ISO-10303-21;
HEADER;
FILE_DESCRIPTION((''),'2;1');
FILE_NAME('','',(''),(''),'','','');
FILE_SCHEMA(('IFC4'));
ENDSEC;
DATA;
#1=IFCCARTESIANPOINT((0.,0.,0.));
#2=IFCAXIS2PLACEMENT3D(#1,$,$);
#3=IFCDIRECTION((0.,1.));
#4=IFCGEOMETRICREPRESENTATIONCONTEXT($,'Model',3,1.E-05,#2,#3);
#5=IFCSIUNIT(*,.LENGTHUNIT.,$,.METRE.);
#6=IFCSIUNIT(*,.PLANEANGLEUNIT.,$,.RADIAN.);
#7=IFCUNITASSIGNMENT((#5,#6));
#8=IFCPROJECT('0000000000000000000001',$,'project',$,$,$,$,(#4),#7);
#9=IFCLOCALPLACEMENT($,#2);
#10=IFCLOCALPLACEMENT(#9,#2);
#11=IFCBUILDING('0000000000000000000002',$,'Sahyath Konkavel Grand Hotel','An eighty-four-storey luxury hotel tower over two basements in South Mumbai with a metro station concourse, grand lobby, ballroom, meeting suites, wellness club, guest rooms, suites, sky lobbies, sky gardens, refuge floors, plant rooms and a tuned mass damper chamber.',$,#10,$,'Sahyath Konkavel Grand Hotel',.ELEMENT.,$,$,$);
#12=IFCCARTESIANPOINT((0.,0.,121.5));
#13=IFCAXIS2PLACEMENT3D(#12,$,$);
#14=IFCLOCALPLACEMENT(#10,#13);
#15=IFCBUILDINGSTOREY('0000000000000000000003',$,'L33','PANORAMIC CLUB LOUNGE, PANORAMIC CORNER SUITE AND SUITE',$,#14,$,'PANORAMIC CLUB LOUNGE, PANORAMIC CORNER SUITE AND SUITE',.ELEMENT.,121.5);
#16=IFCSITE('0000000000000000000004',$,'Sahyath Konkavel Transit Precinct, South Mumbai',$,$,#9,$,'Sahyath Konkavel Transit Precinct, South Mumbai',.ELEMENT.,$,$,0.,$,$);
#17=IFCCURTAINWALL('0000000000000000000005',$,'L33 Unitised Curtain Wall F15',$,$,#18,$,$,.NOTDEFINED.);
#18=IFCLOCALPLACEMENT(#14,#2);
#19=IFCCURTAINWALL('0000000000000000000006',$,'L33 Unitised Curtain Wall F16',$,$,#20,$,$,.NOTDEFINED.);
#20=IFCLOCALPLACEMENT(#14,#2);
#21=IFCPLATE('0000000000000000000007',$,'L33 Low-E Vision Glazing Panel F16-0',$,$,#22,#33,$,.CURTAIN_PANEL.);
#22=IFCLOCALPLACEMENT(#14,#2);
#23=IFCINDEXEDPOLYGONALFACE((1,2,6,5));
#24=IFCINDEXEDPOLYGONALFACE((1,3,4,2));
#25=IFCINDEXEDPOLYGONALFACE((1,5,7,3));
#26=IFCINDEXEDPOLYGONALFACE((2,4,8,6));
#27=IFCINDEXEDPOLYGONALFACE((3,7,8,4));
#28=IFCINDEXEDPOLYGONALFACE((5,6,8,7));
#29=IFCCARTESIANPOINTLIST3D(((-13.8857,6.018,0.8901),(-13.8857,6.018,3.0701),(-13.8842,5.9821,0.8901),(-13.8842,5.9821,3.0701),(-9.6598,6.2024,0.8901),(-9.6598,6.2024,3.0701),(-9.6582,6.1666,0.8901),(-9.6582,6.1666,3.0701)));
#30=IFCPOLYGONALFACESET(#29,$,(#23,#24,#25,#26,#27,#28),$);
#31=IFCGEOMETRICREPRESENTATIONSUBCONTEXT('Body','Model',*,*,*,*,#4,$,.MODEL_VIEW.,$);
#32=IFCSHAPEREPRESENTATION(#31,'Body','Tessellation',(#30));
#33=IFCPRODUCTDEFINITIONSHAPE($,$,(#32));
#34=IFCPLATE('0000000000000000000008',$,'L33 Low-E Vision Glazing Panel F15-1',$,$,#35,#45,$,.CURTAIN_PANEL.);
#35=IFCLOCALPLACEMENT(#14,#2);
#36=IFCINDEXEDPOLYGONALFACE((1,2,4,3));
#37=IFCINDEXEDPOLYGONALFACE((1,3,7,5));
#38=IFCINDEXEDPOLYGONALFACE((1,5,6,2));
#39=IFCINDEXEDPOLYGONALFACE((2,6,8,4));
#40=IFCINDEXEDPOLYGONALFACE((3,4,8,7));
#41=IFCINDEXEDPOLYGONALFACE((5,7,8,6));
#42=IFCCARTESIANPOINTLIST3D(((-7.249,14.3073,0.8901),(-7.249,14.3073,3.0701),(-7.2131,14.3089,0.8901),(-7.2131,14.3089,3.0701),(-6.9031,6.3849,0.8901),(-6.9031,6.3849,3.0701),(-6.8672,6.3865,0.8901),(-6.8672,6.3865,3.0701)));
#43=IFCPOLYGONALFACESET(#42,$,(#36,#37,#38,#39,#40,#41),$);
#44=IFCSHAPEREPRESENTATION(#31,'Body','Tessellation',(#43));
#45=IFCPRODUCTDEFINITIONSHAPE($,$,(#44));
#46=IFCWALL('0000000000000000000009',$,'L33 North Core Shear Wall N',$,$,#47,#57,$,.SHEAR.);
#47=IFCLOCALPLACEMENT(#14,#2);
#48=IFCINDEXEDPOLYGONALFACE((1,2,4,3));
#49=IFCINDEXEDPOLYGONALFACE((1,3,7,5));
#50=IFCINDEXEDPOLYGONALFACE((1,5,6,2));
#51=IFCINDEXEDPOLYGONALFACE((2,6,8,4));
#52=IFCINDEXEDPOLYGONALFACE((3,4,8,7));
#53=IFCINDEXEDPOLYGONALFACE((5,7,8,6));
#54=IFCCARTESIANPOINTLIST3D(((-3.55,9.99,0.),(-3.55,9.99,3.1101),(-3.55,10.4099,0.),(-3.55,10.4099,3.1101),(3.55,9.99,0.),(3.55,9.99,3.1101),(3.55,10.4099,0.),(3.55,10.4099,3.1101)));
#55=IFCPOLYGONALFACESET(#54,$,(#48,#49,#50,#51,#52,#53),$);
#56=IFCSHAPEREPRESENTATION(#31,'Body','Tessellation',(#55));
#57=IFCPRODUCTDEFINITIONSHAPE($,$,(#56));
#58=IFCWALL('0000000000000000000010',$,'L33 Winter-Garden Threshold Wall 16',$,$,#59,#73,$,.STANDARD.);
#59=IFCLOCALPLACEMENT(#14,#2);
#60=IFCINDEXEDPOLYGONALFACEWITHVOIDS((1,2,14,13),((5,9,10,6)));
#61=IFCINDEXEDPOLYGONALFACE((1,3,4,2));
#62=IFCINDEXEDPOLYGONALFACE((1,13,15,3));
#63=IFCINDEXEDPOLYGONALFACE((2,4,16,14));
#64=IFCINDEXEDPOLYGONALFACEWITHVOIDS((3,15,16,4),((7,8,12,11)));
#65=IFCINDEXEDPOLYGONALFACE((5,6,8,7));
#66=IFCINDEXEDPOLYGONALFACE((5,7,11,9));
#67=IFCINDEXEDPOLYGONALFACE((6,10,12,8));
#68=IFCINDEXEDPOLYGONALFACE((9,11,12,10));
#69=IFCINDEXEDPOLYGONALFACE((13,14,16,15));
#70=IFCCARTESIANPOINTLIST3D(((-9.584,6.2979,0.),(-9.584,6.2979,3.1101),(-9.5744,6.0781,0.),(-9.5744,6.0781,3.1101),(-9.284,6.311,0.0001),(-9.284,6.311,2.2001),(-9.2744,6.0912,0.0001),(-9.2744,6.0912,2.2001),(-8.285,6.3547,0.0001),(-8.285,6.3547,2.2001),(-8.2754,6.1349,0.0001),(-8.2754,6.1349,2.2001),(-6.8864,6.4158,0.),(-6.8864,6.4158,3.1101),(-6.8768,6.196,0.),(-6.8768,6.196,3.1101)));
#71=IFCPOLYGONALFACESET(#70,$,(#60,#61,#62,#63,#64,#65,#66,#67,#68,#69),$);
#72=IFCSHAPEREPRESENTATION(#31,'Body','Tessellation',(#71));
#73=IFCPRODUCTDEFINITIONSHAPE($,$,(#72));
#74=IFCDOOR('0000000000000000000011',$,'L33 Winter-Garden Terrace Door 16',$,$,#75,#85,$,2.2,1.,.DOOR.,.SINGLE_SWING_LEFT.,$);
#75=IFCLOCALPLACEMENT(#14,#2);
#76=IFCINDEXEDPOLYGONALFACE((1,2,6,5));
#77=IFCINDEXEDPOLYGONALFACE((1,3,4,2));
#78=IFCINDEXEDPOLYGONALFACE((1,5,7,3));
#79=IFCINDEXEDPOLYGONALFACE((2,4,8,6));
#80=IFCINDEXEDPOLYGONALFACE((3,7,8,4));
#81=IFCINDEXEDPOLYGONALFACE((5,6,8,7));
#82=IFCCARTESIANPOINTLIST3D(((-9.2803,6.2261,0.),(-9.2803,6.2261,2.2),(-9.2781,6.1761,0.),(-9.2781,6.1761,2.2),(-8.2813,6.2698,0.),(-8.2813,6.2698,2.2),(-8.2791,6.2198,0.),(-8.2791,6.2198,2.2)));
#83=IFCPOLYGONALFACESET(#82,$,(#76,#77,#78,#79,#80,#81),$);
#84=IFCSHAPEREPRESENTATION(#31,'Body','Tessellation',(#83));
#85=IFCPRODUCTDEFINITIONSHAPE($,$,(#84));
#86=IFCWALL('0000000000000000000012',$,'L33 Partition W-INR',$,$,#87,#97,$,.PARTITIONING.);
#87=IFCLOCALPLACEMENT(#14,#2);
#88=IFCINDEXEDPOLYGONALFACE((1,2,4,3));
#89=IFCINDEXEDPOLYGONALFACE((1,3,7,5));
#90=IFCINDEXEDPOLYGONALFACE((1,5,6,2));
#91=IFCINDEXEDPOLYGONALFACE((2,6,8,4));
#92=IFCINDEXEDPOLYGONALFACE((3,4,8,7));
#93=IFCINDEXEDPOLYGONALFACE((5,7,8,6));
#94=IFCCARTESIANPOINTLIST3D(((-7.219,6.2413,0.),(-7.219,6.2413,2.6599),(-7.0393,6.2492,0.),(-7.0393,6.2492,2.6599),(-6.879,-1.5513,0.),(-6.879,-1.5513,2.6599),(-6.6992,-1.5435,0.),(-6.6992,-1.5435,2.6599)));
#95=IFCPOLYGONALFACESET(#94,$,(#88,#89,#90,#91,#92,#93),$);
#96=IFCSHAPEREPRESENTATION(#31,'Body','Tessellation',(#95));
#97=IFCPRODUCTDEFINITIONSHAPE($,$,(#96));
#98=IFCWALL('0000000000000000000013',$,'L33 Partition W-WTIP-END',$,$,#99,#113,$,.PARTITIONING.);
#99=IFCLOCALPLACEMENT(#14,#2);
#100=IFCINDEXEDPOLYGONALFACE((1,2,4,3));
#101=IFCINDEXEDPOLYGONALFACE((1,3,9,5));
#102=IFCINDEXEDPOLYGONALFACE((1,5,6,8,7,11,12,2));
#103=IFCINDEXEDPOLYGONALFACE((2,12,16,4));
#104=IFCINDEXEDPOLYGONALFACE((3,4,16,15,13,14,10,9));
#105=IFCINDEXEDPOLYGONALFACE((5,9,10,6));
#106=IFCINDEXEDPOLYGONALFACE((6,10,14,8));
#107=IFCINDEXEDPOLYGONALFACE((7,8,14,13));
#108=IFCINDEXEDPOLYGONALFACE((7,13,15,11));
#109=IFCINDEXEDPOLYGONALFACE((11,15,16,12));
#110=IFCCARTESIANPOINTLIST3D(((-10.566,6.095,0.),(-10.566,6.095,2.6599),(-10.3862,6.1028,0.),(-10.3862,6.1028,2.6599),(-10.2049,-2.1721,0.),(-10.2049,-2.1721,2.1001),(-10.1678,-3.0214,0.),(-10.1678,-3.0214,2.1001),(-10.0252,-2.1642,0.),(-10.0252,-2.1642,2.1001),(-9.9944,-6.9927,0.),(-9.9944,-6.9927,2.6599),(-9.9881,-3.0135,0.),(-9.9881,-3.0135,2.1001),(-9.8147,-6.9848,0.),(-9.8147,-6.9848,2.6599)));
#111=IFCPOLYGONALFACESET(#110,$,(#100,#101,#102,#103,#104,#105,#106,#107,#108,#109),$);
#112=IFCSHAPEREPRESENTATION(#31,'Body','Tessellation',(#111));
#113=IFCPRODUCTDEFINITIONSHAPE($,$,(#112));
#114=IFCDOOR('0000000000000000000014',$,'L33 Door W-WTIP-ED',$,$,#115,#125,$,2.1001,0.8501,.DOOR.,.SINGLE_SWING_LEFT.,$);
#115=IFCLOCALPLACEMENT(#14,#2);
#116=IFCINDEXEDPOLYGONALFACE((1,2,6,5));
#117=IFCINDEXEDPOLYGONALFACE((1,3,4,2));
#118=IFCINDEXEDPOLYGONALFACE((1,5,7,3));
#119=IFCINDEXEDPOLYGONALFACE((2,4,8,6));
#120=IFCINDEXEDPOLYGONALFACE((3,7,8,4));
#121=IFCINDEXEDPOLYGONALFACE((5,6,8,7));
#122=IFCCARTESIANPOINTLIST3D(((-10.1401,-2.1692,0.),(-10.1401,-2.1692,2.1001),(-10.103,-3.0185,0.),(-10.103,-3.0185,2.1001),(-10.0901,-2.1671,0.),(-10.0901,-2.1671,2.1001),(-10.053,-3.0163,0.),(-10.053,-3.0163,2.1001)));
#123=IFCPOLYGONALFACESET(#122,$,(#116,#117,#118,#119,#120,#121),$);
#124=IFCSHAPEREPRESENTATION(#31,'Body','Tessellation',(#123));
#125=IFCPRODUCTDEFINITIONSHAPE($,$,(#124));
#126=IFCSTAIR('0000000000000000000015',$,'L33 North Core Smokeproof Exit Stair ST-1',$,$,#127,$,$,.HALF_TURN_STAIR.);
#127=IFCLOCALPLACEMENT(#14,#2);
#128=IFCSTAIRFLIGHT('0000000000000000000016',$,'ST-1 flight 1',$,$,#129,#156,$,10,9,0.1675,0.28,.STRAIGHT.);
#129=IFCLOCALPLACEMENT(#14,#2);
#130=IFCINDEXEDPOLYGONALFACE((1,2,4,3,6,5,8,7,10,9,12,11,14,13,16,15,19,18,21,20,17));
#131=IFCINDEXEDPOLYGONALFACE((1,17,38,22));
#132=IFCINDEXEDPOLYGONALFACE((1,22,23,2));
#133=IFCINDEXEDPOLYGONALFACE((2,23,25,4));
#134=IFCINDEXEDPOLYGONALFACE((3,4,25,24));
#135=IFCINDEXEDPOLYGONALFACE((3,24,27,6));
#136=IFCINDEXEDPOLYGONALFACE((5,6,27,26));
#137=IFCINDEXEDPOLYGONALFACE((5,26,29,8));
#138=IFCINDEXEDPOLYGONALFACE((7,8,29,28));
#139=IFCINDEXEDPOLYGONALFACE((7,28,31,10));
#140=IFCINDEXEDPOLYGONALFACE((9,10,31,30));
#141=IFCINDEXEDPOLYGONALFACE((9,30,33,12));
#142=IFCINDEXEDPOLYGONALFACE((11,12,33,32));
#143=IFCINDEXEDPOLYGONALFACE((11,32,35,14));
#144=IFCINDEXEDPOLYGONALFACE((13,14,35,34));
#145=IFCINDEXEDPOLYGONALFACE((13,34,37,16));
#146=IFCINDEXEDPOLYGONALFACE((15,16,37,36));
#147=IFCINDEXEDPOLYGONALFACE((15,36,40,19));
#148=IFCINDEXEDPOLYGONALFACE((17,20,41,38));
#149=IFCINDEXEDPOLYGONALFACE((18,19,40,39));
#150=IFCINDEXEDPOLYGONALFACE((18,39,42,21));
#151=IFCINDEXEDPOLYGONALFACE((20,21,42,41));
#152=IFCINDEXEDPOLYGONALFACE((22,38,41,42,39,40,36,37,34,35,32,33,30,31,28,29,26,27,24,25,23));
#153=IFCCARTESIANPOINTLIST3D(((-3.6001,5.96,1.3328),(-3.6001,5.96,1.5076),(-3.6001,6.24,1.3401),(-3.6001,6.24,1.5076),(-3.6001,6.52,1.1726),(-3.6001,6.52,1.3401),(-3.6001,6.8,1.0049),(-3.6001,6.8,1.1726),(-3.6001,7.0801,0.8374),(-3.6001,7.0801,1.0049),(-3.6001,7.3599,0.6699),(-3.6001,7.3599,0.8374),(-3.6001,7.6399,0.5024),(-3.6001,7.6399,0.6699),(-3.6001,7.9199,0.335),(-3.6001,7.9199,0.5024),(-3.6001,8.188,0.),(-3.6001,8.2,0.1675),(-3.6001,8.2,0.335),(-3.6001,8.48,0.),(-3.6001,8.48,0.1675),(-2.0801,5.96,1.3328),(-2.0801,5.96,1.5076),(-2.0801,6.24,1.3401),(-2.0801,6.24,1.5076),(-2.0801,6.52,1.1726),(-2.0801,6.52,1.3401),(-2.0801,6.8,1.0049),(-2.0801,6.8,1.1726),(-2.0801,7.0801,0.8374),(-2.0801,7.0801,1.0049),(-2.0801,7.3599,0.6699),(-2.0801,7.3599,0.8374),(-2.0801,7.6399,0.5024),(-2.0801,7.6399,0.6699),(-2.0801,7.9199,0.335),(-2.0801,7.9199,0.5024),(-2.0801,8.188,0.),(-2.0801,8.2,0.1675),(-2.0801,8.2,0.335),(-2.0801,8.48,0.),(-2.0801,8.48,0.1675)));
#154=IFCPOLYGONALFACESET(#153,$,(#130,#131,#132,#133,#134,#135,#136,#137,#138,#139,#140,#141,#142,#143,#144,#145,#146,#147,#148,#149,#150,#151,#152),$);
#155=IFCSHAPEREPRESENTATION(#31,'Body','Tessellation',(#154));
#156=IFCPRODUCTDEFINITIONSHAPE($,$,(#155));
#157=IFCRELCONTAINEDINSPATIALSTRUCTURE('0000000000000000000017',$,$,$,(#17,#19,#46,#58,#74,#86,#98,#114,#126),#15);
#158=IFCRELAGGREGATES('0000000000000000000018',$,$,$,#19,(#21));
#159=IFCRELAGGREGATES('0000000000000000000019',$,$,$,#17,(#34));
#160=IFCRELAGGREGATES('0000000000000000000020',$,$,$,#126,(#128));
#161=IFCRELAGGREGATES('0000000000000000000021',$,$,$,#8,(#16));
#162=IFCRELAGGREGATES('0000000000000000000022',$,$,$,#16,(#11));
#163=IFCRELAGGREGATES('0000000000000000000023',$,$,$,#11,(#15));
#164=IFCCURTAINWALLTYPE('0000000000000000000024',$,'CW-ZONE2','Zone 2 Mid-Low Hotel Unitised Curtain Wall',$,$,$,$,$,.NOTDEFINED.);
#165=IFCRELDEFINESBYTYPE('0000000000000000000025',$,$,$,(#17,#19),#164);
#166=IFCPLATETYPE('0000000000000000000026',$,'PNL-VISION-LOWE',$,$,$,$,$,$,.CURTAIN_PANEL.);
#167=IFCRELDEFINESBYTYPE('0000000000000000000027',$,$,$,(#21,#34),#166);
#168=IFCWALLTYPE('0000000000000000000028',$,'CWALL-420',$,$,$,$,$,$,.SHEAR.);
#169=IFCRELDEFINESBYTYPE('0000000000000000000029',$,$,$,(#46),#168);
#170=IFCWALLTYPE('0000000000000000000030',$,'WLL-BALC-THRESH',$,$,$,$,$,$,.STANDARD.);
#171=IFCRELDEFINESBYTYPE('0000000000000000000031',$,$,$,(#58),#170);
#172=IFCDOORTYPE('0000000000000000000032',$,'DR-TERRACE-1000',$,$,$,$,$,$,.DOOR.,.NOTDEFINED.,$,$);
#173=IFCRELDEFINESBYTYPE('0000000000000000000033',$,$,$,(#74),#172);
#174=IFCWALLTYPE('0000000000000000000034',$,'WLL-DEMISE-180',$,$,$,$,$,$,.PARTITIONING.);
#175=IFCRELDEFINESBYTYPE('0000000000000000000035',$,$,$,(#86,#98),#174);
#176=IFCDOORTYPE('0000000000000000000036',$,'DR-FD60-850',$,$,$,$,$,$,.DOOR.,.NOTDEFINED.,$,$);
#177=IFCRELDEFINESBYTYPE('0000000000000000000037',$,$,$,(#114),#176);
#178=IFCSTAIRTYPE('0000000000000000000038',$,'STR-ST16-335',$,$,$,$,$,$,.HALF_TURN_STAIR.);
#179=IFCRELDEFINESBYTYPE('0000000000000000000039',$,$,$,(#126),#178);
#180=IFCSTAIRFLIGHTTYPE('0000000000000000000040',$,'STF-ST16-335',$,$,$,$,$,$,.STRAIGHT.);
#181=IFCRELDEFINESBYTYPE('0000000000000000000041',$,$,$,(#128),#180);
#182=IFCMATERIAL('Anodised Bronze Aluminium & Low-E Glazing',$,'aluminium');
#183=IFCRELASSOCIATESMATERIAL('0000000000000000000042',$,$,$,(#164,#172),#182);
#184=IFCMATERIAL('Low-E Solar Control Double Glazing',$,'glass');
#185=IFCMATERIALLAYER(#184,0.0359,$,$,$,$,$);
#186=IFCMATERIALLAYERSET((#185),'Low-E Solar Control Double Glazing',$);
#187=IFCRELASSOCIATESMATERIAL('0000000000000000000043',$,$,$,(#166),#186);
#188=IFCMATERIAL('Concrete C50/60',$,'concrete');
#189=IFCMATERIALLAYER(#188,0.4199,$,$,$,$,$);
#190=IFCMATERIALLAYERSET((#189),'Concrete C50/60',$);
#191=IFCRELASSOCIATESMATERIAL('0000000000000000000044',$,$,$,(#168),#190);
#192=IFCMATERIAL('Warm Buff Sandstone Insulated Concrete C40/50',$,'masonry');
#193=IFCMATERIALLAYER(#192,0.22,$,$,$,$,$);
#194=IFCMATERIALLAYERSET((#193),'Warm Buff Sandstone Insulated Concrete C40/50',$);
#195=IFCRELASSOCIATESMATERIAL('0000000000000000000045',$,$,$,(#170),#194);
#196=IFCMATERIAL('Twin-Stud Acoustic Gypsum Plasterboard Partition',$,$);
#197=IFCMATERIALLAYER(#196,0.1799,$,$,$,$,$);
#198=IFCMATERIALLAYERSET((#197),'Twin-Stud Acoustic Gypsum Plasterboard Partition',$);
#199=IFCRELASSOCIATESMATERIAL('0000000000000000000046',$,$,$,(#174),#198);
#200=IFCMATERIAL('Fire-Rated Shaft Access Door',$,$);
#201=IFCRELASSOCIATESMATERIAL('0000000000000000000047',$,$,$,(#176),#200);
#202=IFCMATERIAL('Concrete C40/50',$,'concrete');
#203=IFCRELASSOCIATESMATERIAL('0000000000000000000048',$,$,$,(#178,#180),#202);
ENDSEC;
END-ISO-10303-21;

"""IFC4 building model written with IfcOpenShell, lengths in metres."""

from ifc_helpers import new_model, si_unit, direction, frame, frame_2d, origin, origin_2d, place, context, subcontext, project, spatial, polyline, rectangle, outline, extrude, source, transform, mapped, material, layer, layer_set, type_object, element, fill, aggregate, save


model = new_model("IFC4")

# Units and contexts
model_context = context("Model", 3, precision=1e-05, world=origin(), true_north=direction((0.0, 1.0)))
body_context = subcontext(model_context, "Body", "Model", "MODEL_VIEW")
ifc_project = project(units=[si_unit("LENGTHUNIT", "METRE"), si_unit("PLANEANGLEUNIT", "RADIAN")], contexts=[model_context])

# Site, building, storey
site_placement = place(None, origin())
site = spatial("IfcSite", under=ifc_project, at=site_placement, Name="Sahyath Konkavel Transit Precinct, South Mumbai", LongName="Sahyath Konkavel Transit Precinct, South Mumbai", CompositionType="ELEMENT", RefElevation=0.0)
building_placement = place(site_placement, origin())
building = spatial("IfcBuilding", under=site, at=building_placement, Name="Sahyath Konkavel Grand Hotel", Description="An eighty-four-storey luxury hotel tower over two basements in South Mumbai with a metro station concourse, grand lobby, ballroom, meeting suites, wellness club, guest rooms, suites, sky lobbies, sky gardens, refuge floors, plant rooms and a tuned mass damper chamber.", LongName="Sahyath Konkavel Grand Hotel", CompositionType="ELEMENT")
storey_placement = place(building_placement, frame((0.0, 0.0, 121.5)))
storey = spatial("IfcBuildingStorey", under=building, at=storey_placement, Name="L33", Description="PANORAMIC CLUB LOUNGE, PANORAMIC CORNER SUITE AND SUITE", LongName="PANORAMIC CLUB LOUNGE, PANORAMIC CORNER SUITE AND SUITE", CompositionType="ELEMENT", Elevation=121.5)

# Curtain walls
ifc_material_1 = material(Name="Anodised Bronze Aluminium & Low-E Glazing", Category="aluminium")
curtain_wall_type = type_object("IfcCurtainWallType", Name="CW-ZONE2", Description="Zone 2 Mid-Low Hotel Unitised Curtain Wall", PredefinedType="NOTDEFINED", material=ifc_material_1)
curtain_wall_1_placement = place(storey_placement, origin())
curtain_wall_1 = element("IfcCurtainWall", 1, at=curtain_wall_1_placement, inside=storey, type_object=curtain_wall_type, Name="L33 Unitised Curtain Wall F15", PredefinedType="NOTDEFINED")
curtain_wall_2_placement = place(storey_placement, origin())
curtain_wall_2 = element("IfcCurtainWall", 2, at=curtain_wall_2_placement, inside=storey, type_object=curtain_wall_type, Name="L33 Unitised Curtain Wall F16", PredefinedType="NOTDEFINED")

# Plates
ifc_material_2 = material(Name="Low-E Solar Control Double Glazing", Category="glass")
ifc_layer_1 = layer(ifc_material_2, 0.0359)
ifc_layer_set_1 = layer_set([ifc_layer_1], Name="Low-E Solar Control Double Glazing")
plate_type_1 = type_object("IfcPlateType", Name="PNL-VISION-LOWE", PredefinedType="CURTAIN_PANEL", material=ifc_layer_set_1)
shared_shape_1 = source(origin(), body_context, "Body", "SweptSolid", [
    extrude(rectangle(XDim=4.23, YDim=0.0359, at=origin_2d()), origin(), (0.0, 0.0, 1.0), 2.1799),
])
plate_1_placement = place(storey_placement, frame((-11.772, 6.0923, 0.8901), z_axis=(0.0, 0.0, 1.0), x_axis=(-0.999049, -0.043602, 0.0)))
plate_1 = element("IfcPlate", 3, at=plate_1_placement, type_object=plate_type_1, Name="L33 Low-E Vision Glazing Panel F16-0", PredefinedType="CURTAIN_PANEL", context=body_context, shape_type="MappedRepresentation", body=[
    mapped(shared_shape_1, transform((0.0, 0.0, 0.0), scale=1.0)),
])
aggregate(curtain_wall_2, [plate_1])
shared_shape_2 = source(origin(), body_context, "Body", "SweptSolid", [
    extrude(rectangle(XDim=7.9299, YDim=0.0359, at=origin_2d()), origin(), (0.0, 0.0, 1.0), 2.1799),
])
plate_2_placement = place(storey_placement, frame((-7.0581, 10.3469, 0.8901), z_axis=(0.0, 0.0, 1.0), x_axis=(0.043619, -0.999048, 0.0)))
plate_2 = element("IfcPlate", 4, at=plate_2_placement, type_object=plate_type_1, Name="L33 Low-E Vision Glazing Panel F15-1", PredefinedType="CURTAIN_PANEL", context=body_context, shape_type="MappedRepresentation", body=[
    mapped(shared_shape_2, transform((0.0, 0.0, 0.0), scale=1.0)),
])
aggregate(curtain_wall_1, [plate_2])

# Wall
ifc_material_3 = material(Name="Concrete C50/60", Category="concrete")
ifc_layer_2 = layer(ifc_material_3, 0.4199)
ifc_layer_set_2 = layer_set([ifc_layer_2], Name="Concrete C50/60")
wall_type_1 = type_object("IfcWallType", Name="CWALL-420", PredefinedType="SHEAR", material=ifc_layer_set_2)
wall_1_placement = place(storey_placement, frame((-3.55, 10.2, 0.0), z_axis=(0.0, 0.0, 1.0), x_axis=(1.0, 0.0, 0.0)))
element("IfcWall", 5, at=wall_1_placement, inside=storey, type_object=wall_type_1, Name="L33 North Core Shear Wall N", PredefinedType="SHEAR", context=body_context, shape_type="SweptSolid", body=[
    extrude(rectangle(XDim=7.1001, YDim=0.4199, at=frame_2d((3.55, 0.0))), origin(), (0.0, 0.0, 1.0), 3.1101),
])

# Wall, opening, door
ifc_material_4 = material(Name="Warm Buff Sandstone Insulated Concrete C40/50", Category="masonry")
ifc_layer_3 = layer(ifc_material_4, 0.22)
ifc_layer_set_3 = layer_set([ifc_layer_3], Name="Warm Buff Sandstone Insulated Concrete C40/50")
wall_type_2 = type_object("IfcWallType", Name="WLL-BALC-THRESH", PredefinedType="STANDARD", material=ifc_layer_set_3)
wall_2_placement = place(storey_placement, frame((-6.8816, 6.3059, 0.0), z_axis=(0.0, 0.0, 1.0), x_axis=(-0.999046, -0.043673, 0.0)))
wall_2 = element("IfcWall", 6, at=wall_2_placement, inside=storey, type_object=wall_type_2, Name="L33 Winter-Garden Threshold Wall 16", PredefinedType="STANDARD", context=body_context, shape_type="SweptSolid", body=[
    extrude(rectangle(XDim=2.7002, YDim=0.22, at=frame_2d((1.3501, 0.0))), origin(), (0.0, 0.0, 1.0), 3.1101),
])
opening_1_placement = place(wall_2_placement, frame((1.3999, 0.0, 0.0)))
opening_1 = element("IfcOpeningElement", 7, at=opening_1_placement, cuts=wall_2, PredefinedType="OPENING", context=body_context, shape_type="SweptSolid", body=[
    extrude(rectangle(XDim=1.0, YDim=2.2, at=frame_2d((0.5, 1.1001))), frame((0.0, 0.1201, 0.0), z_axis=(0.0, -1.0, 0.0), x_axis=(1.0, 0.0, 0.0)), (0.0, 0.0, 1.0), 0.24),
])
door_type_1 = type_object("IfcDoorType", Name="DR-TERRACE-1000", OperationType="NOTDEFINED", PredefinedType="DOOR", material=ifc_material_1)
shared_shape_3 = source(origin(), body_context, "Body", "SweptSolid", [
    extrude(rectangle(XDim=1.0, YDim=0.05, at=origin_2d()), origin(), (0.0, 0.0, 1.0), 2.2),
])
door_1_placement = place(opening_1_placement, frame((0.5, 0.0, 0.0)))
door_1 = element("IfcDoor", 8, at=door_1_placement, inside=storey, type_object=door_type_1, Name="L33 Winter-Garden Terrace Door 16", OperationType="SINGLE_SWING_LEFT", OverallHeight=2.2, OverallWidth=1.0, PredefinedType="DOOR", context=body_context, shape_type="MappedRepresentation", body=[
    mapped(shared_shape_3, transform((0.0, 0.0, 0.0), scale=1.0)),
])
fill(opening_1, door_1)

# Wall
ifc_material_5 = material(Name="Twin-Stud Acoustic Gypsum Plasterboard Partition")
ifc_layer_4 = layer(ifc_material_5, 0.1799)
ifc_layer_set_4 = layer_set([ifc_layer_4], Name="Twin-Stud Acoustic Gypsum Plasterboard Partition")
wall_type_3 = type_object("IfcWallType", Name="WLL-DEMISE-180", PredefinedType="PARTITIONING", material=ifc_layer_set_4)
wall_3_placement = place(storey_placement, frame((-7.1292, 6.2451, 0.0), z_axis=(0.0, 0.0, 1.0), x_axis=(0.0436, -0.999049, 0.0)))
element("IfcWall", 9, at=wall_3_placement, inside=storey, type_object=wall_type_3, Name="L33 Partition W-INR", PredefinedType="PARTITIONING", context=body_context, shape_type="SweptSolid", body=[
    extrude(rectangle(XDim=7.8, YDim=0.1799, at=frame_2d((3.8999, 0.0))), origin(), (0.0, 0.0, 1.0), 2.6599),
])

# Wall, opening, door
wall_4_placement = place(storey_placement, frame((-10.4761, 6.0989, 0.0), z_axis=(0.0, 0.0, 1.0), x_axis=(0.043628, -0.999048, 0.0)))
wall_4 = element("IfcWall", 10, at=wall_4_placement, inside=storey, type_object=wall_type_3, Name="L33 Partition W-WTIP-END", PredefinedType="PARTITIONING", context=body_context, shape_type="SweptSolid", body=[
    extrude(rectangle(XDim=13.1001, YDim=0.1799, at=frame_2d((6.55, 0.0))), origin(), (0.0, 0.0, 1.0), 2.6599),
])
opening_2_placement = place(wall_4_placement, frame((8.2749, 0.0, 0.0)))
opening_2 = element("IfcOpeningElement", 11, at=opening_2_placement, cuts=wall_4, PredefinedType="OPENING", context=body_context, shape_type="SweptSolid", body=[
    extrude(rectangle(XDim=0.8501, YDim=2.1001, at=frame_2d((0.425, 1.05))), frame((0.0, 0.1001, 0.0), z_axis=(0.0, -1.0, 0.0), x_axis=(1.0, 0.0, 0.0)), (0.0, 0.0, 1.0), 0.2),
])
ifc_material_6 = material(Name="Fire-Rated Shaft Access Door")
door_type_2 = type_object("IfcDoorType", Name="DR-FD60-850", OperationType="NOTDEFINED", PredefinedType="DOOR", material=ifc_material_6)
shared_shape_4 = source(origin(), body_context, "Body", "SweptSolid", [
    extrude(rectangle(XDim=0.8501, YDim=0.05, at=origin_2d()), origin(), (0.0, 0.0, 1.0), 2.1001),
])
door_2_placement = place(opening_2_placement, frame((0.425, 0.0, 0.0)))
door_2 = element("IfcDoor", 12, at=door_2_placement, inside=storey, type_object=door_type_2, Name="L33 Door W-WTIP-ED", OperationType="SINGLE_SWING_LEFT", OverallHeight=2.1001, OverallWidth=0.8501, PredefinedType="DOOR", context=body_context, shape_type="MappedRepresentation", body=[
    mapped(shared_shape_4, transform((0.0, 0.0, 0.0), scale=1.0)),
])
fill(opening_2, door_2)

# Stair, stair flight
ifc_material_7 = material(Name="Concrete C40/50", Category="concrete")
stair_type = type_object("IfcStairType", Name="STR-ST16-335", PredefinedType="HALF_TURN_STAIR", material=ifc_material_7)
stair_placement = place(storey_placement, origin())
stair = element("IfcStair", 13, at=stair_placement, inside=storey, type_object=stair_type, Name="L33 North Core Smokeproof Exit Stair ST-1", PredefinedType="HALF_TURN_STAIR")
stair_flight_type = type_object("IfcStairFlightType", Name="STF-ST16-335", PredefinedType="STRAIGHT", material=ifc_material_7)
stair_flight_placement = place(storey_placement, frame((-2.8401, 8.48, 0.0), z_axis=(0.0, 0.0, 1.0), x_axis=(0.0, -1.0, 0.0)))
stair_flight = element("IfcStairFlight", 14, at=stair_flight_placement, type_object=stair_flight_type, Name="ST-1 flight 1", NumberOfRisers=10, NumberOfTreads=9, PredefinedType="STRAIGHT", RiserHeight=0.1675, TreadLength=0.28, context=body_context, shape_type="SweptSolid", body=[
    extrude(outline(polyline([(0.0, 0.0), (0.0, 0.1675), (0.28, 0.1675), (0.28, 0.335), (0.5601, 0.335), (0.5601, 0.5024), (0.8401, 0.5024), (0.8401, 0.6699), (1.1201, 0.6699), (1.1201, 0.8374), (1.3999, 0.8374), (1.3999, 1.0049), (1.6799, 1.0049), (1.6799, 1.1726), (1.96, 1.1726), (1.96, 1.3401), (2.24, 1.3401), (2.24, 1.5076), (2.52, 1.5076), (2.52, 1.675), (2.52, 1.3328), (0.292, 0.0), (0.0, 0.0)])), frame((0.0, 0.76, 0.0), z_axis=(0.0, -1.0, 0.0), x_axis=(1.0, 0.0, 0.0)), (0.0, 0.0, 1.0), 1.52),
])
aggregate(stair, [stair_flight])

save(model, "model.ifc")
